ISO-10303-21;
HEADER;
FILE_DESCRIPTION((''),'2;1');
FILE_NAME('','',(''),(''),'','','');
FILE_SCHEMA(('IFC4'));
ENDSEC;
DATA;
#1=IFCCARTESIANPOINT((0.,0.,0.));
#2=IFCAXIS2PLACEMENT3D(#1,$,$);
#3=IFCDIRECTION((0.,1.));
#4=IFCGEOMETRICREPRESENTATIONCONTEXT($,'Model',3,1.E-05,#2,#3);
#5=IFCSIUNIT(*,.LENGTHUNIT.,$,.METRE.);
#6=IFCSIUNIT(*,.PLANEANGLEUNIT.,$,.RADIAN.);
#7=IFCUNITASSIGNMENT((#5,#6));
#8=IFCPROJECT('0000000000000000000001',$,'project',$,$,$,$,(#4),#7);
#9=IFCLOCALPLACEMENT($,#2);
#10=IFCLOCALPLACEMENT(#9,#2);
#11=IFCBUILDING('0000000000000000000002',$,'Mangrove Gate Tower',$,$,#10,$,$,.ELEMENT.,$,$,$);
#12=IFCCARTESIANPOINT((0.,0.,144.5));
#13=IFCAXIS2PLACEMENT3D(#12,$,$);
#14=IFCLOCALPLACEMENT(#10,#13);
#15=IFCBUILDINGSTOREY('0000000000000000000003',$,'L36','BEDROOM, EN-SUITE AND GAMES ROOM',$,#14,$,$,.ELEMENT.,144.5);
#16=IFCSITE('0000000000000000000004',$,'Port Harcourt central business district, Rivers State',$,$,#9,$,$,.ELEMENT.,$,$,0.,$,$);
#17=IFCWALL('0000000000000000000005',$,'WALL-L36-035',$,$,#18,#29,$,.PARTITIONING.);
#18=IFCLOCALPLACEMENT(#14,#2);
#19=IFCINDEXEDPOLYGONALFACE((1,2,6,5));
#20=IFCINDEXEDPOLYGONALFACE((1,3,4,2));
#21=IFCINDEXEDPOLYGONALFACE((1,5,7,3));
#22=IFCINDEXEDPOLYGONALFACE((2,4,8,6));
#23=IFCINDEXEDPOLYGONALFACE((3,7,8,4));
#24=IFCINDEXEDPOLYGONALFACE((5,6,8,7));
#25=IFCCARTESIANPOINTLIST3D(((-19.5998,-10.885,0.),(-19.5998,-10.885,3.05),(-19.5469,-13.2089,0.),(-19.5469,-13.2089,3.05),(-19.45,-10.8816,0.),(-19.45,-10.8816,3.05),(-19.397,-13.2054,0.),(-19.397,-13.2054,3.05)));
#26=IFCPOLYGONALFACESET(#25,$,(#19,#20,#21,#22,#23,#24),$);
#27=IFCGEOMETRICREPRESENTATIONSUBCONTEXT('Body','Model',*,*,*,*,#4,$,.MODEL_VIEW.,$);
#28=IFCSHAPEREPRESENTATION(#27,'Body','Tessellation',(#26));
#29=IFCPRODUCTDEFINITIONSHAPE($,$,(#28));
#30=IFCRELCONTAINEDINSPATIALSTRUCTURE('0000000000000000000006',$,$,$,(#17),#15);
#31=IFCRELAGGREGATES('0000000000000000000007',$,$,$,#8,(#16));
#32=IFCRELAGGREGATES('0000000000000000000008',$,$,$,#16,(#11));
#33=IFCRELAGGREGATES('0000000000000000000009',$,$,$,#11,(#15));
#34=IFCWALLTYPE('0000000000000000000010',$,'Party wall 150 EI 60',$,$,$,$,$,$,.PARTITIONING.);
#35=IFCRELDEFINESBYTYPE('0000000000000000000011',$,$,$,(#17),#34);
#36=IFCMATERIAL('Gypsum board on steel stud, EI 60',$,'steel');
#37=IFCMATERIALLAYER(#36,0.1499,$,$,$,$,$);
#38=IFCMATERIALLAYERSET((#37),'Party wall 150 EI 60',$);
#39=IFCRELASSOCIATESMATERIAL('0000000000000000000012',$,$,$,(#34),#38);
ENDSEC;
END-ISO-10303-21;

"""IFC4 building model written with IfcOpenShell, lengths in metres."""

from ifc_helpers import new_model, si_unit, direction, frame, frame_2d, origin, place, context, subcontext, project, spatial, rectangle, extrude, material, layer, layer_set, type_object, element, save


model = new_model("IFC4")

# Units and contexts
model_context = context("Model", 3, precision=1e-05, world=origin(), true_north=direction((0.0, 1.0)))
body_context = subcontext(model_context, "Body", "Model", "MODEL_VIEW")
ifc_project = project(units=[si_unit("LENGTHUNIT", "METRE"), si_unit("PLANEANGLEUNIT", "RADIAN")], contexts=[model_context])

# Site, building, storey
site_placement = place(None, origin())
site = spatial("IfcSite", under=ifc_project, at=site_placement, Name="Port Harcourt central business district, Rivers State", CompositionType="ELEMENT", RefElevation=0.0)
building_placement = place(site_placement, origin())
building = spatial("IfcBuilding", under=site, at=building_placement, Name="Mangrove Gate Tower", CompositionType="ELEMENT")
storey_placement = place(building_placement, frame((0.0, 0.0, 144.5)))
storey = spatial("IfcBuildingStorey", under=building, at=storey_placement, Name="L36", Description="BEDROOM, EN-SUITE AND GAMES ROOM", CompositionType="ELEMENT", Elevation=144.5)

# Shared definitions
ifc_material_1 = material(Name="Gypsum board on steel stud, EI 60", Category="steel")
ifc_layer_1 = layer(ifc_material_1, 0.1499)
ifc_layer_set_1 = layer_set([ifc_layer_1], Name="Party wall 150 EI 60")
wall_type_1 = type_object("IfcWallType", Name="Party wall 150 EI 60", PredefinedType="PARTITIONING", material=ifc_layer_set_1)

# Wall
wall_1_placement = place(storey_placement, frame((-19.4719, -13.207, 0.0), z_axis=(0.0, 0.0, 1.0), x_axis=(-0.022791, 0.99974, 0.0)))
element("IfcWall", 1, at=wall_1_placement, inside=storey, type_object=wall_type_1, Name="WALL-L36-035", PredefinedType="PARTITIONING", context=body_context, shape_type="SweptSolid", body=[
    extrude(rectangle(XDim=2.3245, YDim=0.1499, at=frame_2d((1.1621, 0.0))), origin(), (0.0, 0.0, 1.0), 3.05),
])

save(model, "model.ifc")
